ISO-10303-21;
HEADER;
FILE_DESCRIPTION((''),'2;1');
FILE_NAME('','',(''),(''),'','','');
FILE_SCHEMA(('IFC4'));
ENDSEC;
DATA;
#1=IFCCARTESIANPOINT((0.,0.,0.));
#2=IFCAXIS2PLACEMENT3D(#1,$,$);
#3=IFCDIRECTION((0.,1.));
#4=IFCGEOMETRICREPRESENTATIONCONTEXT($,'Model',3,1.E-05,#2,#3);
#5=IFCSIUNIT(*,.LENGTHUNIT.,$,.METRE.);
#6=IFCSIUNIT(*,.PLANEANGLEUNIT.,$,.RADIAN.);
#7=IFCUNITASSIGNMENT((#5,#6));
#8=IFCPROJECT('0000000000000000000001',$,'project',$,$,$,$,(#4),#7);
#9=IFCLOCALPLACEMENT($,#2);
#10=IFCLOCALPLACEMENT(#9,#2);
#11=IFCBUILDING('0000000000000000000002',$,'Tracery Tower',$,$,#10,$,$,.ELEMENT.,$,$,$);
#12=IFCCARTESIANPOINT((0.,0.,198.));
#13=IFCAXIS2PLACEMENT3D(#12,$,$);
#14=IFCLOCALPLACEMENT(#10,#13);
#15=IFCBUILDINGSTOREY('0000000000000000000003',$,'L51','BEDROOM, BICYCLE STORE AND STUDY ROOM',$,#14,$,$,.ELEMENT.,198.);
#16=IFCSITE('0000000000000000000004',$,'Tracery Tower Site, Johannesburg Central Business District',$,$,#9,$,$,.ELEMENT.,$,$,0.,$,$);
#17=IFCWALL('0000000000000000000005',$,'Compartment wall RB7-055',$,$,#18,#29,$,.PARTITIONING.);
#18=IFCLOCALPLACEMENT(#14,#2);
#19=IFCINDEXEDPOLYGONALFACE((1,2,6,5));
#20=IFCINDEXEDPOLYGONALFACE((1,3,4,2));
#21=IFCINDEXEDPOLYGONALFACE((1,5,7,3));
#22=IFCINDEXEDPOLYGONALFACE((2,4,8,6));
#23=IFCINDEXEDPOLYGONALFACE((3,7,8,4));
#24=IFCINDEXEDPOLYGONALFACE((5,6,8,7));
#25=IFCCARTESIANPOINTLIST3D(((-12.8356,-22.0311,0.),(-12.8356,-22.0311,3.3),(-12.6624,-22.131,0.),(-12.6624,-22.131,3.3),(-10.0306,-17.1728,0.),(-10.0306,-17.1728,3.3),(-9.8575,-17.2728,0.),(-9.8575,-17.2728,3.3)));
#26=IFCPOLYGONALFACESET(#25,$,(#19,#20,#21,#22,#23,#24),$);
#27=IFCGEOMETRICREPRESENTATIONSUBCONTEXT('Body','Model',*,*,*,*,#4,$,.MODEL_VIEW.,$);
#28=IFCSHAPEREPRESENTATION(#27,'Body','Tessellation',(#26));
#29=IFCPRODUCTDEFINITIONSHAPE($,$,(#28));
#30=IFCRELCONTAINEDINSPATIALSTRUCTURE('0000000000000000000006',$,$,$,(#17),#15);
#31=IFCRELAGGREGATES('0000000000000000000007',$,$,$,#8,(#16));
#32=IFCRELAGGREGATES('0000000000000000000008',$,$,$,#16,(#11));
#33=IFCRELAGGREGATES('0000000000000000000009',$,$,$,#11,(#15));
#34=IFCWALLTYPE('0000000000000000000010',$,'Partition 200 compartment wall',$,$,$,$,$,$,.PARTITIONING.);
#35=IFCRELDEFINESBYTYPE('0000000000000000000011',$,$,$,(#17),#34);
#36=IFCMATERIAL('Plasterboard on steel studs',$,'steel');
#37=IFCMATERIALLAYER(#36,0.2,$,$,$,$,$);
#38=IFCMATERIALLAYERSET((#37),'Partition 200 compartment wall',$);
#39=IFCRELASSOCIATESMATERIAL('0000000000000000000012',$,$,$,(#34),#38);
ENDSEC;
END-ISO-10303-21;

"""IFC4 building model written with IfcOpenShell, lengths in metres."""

from ifc_helpers import new_model, si_unit, direction, frame, frame_2d, origin, place, context, subcontext, project, spatial, rectangle, extrude, material, layer, layer_set, type_object, element, save


model = new_model("IFC4")

# Units and contexts
model_context = context("Model", 3, precision=1e-05, world=origin(), true_north=direction((0.0, 1.0)))
body_context = subcontext(model_context, "Body", "Model", "MODEL_VIEW")
ifc_project = project(units=[si_unit("LENGTHUNIT", "METRE"), si_unit("PLANEANGLEUNIT", "RADIAN")], contexts=[model_context])

# Site, building, storey
site_placement = place(None, origin())
site = spatial("IfcSite", under=ifc_project, at=site_placement, Name="Tracery Tower Site, Johannesburg Central Business District", CompositionType="ELEMENT", RefElevation=0.0)
building_placement = place(site_placement, origin())
building = spatial("IfcBuilding", under=site, at=building_placement, Name="Tracery Tower", CompositionType="ELEMENT")
storey_placement = place(building_placement, frame((0.0, 0.0, 198.0)))
storey = spatial("IfcBuildingStorey", under=building, at=storey_placement, Name="L51", Description="BEDROOM, BICYCLE STORE AND STUDY ROOM", CompositionType="ELEMENT", Elevation=198.0)

# Wall
ifc_material_1 = material(Name="Plasterboard on steel studs", Category="steel")
ifc_layer_1 = layer(ifc_material_1, 0.2)
ifc_layer_set_1 = layer_set([ifc_layer_1], Name="Partition 200 compartment wall")
wall_type_1 = type_object("IfcWallType", Name="Partition 200 compartment wall", PredefinedType="PARTITIONING", material=ifc_layer_set_1)
wall_1_placement = place(storey_placement, frame((-12.749, -22.0811, 0.0), z_axis=(0.0, 0.0, 1.0), x_axis=(0.50001, 0.86602, 0.0)))
element("IfcWall", 1, at=wall_1_placement, inside=storey, type_object=wall_type_1, Name="Compartment wall RB7-055", PredefinedType="PARTITIONING", context=body_context, shape_type="SweptSolid", body=[
    extrude(rectangle(XDim=5.6099, YDim=0.2, at=frame_2d((2.8049, 0.0))), origin(), (0.0, 0.0, 1.0), 3.3),
])

save(model, "model.ifc")
